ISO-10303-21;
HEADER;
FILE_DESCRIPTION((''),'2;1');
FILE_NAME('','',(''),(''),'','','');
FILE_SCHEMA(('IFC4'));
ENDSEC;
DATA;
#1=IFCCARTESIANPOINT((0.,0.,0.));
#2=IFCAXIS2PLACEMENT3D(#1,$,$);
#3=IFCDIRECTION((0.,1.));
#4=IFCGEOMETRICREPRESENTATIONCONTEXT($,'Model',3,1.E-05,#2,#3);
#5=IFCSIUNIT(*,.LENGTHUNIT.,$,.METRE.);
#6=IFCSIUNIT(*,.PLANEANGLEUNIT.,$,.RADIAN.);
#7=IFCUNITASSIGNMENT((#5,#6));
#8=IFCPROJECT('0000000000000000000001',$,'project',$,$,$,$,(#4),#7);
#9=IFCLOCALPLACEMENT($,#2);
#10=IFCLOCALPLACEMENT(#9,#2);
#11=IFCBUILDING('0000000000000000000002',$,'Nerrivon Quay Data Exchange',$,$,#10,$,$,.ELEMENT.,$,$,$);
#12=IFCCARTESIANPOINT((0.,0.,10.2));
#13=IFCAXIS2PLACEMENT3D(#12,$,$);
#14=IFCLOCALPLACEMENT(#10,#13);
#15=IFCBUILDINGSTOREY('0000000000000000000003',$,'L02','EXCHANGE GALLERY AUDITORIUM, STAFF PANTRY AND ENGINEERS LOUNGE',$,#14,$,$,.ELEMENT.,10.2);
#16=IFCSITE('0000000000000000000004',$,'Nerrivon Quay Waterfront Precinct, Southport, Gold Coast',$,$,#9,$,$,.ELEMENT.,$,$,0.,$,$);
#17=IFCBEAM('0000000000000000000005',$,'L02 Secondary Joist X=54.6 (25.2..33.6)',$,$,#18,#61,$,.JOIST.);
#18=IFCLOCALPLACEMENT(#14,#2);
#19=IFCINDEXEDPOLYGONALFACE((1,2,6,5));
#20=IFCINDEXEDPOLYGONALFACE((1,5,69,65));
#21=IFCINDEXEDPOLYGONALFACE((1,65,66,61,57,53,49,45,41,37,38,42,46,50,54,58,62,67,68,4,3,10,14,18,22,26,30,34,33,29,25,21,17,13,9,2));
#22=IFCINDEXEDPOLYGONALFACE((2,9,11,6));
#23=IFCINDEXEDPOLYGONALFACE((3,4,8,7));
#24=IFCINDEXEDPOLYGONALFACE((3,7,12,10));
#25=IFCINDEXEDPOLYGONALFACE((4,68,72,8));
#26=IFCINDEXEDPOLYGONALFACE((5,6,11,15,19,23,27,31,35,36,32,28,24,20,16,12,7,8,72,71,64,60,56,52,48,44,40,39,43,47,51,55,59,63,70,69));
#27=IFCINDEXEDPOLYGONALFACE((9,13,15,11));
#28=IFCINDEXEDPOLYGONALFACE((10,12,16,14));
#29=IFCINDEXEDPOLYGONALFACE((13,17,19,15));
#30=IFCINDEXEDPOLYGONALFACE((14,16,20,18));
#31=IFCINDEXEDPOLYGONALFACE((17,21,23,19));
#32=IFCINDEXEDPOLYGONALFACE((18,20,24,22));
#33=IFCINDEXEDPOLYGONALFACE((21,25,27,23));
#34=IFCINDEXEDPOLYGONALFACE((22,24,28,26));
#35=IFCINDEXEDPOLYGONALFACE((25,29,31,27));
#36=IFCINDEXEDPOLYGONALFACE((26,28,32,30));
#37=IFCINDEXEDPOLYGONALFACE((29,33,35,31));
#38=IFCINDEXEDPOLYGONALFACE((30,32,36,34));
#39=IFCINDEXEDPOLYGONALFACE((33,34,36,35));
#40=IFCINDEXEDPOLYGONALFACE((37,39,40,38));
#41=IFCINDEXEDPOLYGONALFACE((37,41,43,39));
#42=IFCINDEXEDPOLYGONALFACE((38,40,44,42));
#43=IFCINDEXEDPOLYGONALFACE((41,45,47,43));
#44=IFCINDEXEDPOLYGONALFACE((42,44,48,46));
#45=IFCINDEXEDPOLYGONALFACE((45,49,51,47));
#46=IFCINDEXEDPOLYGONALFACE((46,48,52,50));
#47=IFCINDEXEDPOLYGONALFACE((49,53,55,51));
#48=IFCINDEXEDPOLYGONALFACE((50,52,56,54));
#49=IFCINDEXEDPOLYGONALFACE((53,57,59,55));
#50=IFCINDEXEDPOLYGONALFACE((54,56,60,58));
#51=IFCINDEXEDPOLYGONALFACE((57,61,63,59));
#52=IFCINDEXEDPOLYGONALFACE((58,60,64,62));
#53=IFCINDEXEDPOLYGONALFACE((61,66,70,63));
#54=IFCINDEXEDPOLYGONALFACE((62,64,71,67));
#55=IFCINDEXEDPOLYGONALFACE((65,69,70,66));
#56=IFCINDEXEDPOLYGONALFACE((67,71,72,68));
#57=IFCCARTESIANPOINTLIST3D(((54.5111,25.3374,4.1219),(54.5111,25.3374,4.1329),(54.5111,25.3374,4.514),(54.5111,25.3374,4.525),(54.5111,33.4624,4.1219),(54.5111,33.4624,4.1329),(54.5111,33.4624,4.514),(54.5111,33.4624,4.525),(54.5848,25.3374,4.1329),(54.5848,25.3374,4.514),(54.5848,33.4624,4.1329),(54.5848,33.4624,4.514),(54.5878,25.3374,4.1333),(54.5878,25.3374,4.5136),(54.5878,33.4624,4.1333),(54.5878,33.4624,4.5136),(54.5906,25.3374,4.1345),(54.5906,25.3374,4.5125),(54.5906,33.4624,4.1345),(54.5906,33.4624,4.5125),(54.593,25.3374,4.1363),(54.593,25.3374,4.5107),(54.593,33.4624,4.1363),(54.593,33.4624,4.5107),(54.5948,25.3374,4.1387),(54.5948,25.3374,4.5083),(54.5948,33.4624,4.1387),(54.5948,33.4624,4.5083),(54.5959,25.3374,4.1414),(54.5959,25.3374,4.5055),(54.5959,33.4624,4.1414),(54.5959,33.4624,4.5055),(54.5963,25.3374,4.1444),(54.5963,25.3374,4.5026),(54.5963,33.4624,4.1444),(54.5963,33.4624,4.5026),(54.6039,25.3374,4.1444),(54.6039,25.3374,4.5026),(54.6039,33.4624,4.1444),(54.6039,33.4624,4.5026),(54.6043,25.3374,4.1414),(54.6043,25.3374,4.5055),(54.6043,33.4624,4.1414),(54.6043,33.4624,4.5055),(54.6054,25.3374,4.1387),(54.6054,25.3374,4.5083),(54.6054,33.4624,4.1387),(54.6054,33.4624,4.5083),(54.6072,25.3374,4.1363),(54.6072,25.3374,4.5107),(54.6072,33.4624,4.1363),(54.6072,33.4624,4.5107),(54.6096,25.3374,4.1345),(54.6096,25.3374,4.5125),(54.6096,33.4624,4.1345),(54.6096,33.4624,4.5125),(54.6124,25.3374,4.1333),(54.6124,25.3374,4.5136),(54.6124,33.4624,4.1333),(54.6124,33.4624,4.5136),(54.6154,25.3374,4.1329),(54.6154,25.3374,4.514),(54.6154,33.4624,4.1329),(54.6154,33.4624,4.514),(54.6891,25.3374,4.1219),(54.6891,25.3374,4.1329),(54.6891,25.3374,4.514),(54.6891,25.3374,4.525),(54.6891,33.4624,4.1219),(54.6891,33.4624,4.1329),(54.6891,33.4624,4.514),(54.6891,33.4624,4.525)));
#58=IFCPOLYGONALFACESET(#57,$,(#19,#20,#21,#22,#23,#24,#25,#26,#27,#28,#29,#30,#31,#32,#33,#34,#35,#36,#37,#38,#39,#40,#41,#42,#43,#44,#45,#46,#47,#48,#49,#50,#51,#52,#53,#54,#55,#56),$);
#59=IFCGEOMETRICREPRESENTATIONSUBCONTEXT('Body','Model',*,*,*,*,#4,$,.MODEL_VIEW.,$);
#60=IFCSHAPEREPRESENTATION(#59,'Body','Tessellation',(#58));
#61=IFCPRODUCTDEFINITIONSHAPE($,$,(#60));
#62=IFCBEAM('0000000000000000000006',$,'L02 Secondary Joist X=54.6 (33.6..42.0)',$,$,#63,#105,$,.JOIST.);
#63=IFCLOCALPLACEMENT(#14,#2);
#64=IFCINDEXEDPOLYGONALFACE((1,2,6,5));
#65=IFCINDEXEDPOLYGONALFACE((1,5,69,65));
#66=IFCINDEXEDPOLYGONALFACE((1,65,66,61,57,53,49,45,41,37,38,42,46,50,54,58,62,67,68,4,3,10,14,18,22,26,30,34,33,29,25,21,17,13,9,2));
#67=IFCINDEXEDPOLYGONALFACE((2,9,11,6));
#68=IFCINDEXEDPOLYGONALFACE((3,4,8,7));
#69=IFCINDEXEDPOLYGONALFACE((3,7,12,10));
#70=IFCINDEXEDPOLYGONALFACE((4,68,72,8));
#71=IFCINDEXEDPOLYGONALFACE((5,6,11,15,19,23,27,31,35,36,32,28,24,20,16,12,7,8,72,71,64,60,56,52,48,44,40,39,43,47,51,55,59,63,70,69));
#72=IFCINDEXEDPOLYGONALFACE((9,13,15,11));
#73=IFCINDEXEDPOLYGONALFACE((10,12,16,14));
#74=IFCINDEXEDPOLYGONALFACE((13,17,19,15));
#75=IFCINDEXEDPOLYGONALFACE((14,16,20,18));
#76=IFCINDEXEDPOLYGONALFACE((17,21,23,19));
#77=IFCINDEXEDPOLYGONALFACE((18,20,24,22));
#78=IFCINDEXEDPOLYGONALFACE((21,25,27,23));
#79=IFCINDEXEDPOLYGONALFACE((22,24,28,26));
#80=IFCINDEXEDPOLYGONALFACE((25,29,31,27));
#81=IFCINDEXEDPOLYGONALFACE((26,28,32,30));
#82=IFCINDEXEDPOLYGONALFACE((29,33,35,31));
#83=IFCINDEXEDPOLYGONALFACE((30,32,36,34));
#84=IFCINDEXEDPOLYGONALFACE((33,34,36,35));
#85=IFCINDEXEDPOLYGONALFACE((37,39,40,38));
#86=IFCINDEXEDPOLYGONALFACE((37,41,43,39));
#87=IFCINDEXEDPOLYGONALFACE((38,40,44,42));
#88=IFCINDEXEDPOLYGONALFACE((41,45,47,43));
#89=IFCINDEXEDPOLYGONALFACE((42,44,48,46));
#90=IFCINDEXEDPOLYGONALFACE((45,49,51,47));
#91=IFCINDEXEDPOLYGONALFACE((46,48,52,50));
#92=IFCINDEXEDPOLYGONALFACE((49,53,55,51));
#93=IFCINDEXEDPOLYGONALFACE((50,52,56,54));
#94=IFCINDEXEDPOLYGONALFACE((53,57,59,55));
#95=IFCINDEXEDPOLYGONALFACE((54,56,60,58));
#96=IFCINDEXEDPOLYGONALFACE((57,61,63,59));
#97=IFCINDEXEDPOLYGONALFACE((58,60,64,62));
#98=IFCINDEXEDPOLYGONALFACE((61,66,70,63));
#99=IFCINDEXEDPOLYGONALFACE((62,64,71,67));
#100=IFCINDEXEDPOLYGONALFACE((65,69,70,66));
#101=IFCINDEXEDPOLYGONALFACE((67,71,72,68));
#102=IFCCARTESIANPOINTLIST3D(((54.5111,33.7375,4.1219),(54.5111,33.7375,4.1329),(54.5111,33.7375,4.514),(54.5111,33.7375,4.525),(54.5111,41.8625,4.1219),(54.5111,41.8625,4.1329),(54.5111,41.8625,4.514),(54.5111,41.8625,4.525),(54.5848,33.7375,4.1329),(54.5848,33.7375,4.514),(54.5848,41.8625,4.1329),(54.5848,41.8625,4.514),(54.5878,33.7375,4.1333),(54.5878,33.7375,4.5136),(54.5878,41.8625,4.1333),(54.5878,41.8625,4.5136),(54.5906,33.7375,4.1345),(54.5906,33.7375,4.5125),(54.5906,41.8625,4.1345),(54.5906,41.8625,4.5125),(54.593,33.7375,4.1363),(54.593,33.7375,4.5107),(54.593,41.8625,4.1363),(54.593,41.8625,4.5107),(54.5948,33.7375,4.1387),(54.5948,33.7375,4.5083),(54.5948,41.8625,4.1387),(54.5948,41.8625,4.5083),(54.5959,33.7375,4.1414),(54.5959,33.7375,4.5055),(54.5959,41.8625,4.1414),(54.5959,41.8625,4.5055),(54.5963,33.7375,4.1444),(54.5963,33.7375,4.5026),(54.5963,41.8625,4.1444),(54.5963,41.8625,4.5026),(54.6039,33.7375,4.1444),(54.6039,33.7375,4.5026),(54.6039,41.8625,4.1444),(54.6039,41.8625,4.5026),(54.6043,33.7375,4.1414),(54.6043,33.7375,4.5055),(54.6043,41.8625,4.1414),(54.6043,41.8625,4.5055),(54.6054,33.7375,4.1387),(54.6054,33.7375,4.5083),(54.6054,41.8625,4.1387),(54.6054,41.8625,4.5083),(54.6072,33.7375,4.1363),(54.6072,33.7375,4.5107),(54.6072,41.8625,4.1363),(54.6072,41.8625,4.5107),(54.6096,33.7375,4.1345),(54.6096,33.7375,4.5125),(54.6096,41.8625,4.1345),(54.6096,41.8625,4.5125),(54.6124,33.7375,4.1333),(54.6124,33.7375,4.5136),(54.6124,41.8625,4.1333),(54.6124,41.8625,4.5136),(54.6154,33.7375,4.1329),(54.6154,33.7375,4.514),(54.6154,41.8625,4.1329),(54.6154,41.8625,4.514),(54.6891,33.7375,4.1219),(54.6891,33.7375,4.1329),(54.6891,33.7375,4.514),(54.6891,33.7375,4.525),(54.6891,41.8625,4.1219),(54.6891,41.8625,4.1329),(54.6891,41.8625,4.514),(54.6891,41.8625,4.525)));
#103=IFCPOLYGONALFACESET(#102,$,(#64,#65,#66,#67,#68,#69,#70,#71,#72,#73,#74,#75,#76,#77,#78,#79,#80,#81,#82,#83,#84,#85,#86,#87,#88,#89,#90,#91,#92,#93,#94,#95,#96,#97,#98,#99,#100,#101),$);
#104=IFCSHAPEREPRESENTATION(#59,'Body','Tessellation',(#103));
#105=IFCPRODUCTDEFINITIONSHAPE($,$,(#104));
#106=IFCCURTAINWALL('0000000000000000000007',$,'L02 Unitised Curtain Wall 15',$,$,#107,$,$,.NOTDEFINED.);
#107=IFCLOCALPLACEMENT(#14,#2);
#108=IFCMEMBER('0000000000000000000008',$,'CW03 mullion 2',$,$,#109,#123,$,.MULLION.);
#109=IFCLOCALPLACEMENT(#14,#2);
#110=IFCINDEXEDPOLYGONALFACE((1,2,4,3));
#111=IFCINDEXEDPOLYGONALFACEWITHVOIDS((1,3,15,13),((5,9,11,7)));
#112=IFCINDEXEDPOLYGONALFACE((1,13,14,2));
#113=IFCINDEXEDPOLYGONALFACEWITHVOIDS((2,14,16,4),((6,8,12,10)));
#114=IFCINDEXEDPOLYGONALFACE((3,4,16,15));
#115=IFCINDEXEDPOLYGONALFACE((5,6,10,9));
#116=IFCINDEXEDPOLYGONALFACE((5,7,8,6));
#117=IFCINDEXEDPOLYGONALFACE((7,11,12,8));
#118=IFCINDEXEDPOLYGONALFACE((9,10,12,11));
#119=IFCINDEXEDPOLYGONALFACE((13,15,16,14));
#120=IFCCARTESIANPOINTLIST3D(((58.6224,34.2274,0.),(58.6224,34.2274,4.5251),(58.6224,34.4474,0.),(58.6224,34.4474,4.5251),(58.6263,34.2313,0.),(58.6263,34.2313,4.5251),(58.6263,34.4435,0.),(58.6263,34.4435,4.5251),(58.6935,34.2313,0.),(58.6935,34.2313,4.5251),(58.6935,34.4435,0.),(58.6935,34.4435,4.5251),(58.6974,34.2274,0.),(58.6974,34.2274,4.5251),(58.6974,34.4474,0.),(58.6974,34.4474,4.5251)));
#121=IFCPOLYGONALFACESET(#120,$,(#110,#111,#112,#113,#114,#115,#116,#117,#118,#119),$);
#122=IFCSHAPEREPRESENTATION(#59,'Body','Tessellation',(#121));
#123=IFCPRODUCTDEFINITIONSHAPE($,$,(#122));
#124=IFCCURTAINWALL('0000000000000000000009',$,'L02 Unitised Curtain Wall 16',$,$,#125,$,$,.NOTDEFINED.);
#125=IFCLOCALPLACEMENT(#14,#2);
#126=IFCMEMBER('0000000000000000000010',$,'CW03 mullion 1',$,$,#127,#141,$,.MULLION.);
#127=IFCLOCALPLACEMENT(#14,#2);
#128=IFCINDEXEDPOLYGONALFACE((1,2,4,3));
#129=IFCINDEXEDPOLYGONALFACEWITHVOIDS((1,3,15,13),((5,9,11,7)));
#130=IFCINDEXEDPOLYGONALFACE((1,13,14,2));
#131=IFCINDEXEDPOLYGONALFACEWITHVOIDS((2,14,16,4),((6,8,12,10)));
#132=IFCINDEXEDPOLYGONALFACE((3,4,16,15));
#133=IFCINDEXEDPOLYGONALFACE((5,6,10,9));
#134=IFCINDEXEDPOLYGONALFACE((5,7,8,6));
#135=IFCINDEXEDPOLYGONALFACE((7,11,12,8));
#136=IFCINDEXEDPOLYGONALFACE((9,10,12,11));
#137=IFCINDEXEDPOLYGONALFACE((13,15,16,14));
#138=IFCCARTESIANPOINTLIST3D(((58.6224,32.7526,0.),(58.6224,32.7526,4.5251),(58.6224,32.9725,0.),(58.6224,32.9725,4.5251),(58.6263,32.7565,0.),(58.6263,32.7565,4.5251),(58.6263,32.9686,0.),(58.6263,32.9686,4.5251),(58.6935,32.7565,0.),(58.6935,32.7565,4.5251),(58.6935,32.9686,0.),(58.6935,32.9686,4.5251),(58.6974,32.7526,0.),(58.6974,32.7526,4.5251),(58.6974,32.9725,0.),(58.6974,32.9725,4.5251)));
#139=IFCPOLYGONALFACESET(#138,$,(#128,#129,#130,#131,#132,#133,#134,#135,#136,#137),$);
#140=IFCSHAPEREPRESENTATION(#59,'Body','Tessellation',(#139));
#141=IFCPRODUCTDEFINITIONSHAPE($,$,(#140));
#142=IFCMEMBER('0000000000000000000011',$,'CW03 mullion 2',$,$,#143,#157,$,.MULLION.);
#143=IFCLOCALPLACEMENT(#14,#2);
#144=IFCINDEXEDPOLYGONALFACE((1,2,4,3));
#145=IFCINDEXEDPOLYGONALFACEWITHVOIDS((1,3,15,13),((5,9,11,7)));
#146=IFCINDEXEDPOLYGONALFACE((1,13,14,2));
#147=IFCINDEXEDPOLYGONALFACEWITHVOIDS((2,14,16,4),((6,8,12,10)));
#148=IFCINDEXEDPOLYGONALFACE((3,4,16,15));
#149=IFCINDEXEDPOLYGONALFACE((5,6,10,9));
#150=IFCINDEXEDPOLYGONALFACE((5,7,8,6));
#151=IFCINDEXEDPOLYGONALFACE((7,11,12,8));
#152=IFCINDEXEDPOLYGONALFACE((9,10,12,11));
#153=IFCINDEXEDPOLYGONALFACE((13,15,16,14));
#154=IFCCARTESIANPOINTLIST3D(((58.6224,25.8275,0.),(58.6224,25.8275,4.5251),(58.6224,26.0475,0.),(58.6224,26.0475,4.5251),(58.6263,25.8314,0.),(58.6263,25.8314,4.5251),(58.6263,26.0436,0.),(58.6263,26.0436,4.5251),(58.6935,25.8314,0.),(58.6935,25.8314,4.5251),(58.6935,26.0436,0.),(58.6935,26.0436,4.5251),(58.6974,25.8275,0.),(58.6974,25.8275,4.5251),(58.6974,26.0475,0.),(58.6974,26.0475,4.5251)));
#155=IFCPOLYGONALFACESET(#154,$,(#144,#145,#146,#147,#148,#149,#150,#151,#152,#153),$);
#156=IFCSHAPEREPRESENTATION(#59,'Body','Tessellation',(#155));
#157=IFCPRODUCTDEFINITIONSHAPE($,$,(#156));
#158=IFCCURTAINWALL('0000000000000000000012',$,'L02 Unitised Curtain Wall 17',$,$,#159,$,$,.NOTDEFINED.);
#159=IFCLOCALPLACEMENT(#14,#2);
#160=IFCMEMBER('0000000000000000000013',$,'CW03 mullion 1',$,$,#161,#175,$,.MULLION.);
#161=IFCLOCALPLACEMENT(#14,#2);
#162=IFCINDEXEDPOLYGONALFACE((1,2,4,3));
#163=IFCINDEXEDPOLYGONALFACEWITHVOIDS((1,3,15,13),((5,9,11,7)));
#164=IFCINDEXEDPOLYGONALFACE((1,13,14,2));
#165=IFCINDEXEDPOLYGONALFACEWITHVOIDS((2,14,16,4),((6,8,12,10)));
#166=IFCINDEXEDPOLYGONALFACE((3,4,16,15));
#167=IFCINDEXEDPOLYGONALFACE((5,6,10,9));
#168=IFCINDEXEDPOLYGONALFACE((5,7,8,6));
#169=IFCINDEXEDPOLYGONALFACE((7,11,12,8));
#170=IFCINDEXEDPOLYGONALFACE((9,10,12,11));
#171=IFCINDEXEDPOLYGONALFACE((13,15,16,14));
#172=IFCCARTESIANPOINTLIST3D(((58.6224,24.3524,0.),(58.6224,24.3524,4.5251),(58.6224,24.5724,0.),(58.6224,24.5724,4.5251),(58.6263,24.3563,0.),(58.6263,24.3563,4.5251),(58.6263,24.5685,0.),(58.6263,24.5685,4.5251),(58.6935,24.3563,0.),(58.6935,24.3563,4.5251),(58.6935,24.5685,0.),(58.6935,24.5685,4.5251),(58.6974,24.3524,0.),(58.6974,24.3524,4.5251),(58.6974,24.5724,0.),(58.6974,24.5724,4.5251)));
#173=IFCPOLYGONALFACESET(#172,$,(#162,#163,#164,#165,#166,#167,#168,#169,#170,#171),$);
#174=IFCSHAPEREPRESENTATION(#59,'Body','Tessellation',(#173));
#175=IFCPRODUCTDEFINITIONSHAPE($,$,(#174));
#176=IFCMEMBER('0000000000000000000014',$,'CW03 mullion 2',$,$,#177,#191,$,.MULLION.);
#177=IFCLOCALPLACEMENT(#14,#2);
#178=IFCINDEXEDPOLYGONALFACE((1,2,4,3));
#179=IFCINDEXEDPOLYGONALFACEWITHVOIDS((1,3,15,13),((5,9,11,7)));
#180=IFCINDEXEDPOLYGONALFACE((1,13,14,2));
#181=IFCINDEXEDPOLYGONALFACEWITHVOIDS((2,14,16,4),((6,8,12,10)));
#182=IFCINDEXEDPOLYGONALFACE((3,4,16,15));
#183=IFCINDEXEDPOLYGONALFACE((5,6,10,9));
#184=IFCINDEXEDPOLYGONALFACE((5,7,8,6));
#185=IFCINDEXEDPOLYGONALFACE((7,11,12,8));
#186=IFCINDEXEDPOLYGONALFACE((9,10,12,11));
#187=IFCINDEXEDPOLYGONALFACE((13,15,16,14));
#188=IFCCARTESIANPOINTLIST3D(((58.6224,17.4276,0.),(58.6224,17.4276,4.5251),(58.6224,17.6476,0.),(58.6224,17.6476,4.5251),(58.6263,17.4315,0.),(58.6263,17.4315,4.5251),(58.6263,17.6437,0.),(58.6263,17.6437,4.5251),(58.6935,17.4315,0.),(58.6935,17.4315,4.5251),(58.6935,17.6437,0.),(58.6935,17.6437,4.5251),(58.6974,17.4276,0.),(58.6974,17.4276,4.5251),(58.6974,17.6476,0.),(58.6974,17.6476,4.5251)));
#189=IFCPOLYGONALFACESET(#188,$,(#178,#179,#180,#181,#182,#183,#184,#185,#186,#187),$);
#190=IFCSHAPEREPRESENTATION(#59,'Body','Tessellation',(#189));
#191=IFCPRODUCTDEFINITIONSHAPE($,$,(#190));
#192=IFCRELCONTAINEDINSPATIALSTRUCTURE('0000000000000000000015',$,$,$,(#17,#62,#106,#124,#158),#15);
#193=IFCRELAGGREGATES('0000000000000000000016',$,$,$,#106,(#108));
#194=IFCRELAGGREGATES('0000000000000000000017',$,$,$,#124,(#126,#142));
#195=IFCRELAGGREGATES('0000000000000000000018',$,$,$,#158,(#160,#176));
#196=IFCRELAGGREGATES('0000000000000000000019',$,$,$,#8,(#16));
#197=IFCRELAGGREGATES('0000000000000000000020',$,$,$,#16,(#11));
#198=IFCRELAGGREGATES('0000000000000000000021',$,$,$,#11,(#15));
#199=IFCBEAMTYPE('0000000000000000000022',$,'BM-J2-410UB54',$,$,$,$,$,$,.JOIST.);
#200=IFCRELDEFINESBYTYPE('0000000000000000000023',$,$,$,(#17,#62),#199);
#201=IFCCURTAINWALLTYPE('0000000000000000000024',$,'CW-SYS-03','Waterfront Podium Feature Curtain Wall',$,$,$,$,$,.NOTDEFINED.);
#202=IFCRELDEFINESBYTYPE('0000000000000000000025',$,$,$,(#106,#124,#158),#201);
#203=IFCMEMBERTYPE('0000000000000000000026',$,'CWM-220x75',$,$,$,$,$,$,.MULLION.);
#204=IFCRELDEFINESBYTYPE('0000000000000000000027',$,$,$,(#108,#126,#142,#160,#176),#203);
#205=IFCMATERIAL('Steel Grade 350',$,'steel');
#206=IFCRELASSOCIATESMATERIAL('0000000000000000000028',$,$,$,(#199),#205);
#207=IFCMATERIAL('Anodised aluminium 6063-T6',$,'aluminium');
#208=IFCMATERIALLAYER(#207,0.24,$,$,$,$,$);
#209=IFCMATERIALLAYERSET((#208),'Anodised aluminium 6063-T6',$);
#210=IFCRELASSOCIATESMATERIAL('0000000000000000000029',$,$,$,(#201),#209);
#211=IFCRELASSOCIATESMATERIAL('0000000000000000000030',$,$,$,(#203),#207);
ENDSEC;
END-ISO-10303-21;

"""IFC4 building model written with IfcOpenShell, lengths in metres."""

from ifc_helpers import new_model, si_unit, direction, frame, origin, origin_2d, place, context, subcontext, project, spatial, hollow_rectangle, i_section, extrude, material, layer, layer_set, material_profile, profile_set, type_object, element, aggregate, save


model = new_model("IFC4")

# Units and contexts
model_context = context("Model", 3, precision=1e-05, world=origin(), true_north=direction((0.0, 1.0)))
body_context = subcontext(model_context, "Body", "Model", "MODEL_VIEW")
ifc_project = project(units=[si_unit("LENGTHUNIT", "METRE"), si_unit("PLANEANGLEUNIT", "RADIAN")], contexts=[model_context])

# Site, building, storey
site_placement = place(None, origin())
site = spatial("IfcSite", under=ifc_project, at=site_placement, Name="Nerrivon Quay Waterfront Precinct, Southport, Gold Coast", CompositionType="ELEMENT", RefElevation=0.0)
building_placement = place(site_placement, origin())
building = spatial("IfcBuilding", under=site, at=building_placement, Name="Nerrivon Quay Data Exchange", CompositionType="ELEMENT")
storey_placement = place(building_placement, frame((0.0, 0.0, 10.2)))
storey = spatial("IfcBuildingStorey", under=building, at=storey_placement, Name="L02", Description="EXCHANGE GALLERY AUDITORIUM, STAFF PANTRY AND ENGINEERS LOUNGE", CompositionType="ELEMENT", Elevation=10.2)

# Beams
ifc_material_1 = material(Name="Steel Grade 350", Category="steel")
ifc_material_profile_1 = material_profile(ifc_material_1, i_section(OverallWidth=0.178, OverallDepth=0.4031, WebThickness=0.0076, FlangeThickness=0.011, FilletRadius=0.0115, at=origin_2d()), Name="410UB53.7")
ifc_profile_set_1 = profile_set([ifc_material_profile_1], Name="Steel Grade 350")
beam_type_1 = type_object("IfcBeamType", Name="BM-J2-410UB54", PredefinedType="JOIST", material=ifc_profile_set_1)
for number, where, z_axis, x_axis, name in (
    (1, (54.6001, 25.3374, 4.3235), (0.0, 1.0, 0.0), (-1.0, 0.0, 0.0), "L02 Secondary Joist X=54.6 (25.2..33.6)"),
    (2, (54.6001, 33.7375, 4.3235), (0.0, 1.0, 0.0), (-1.0, 0.0, 0.0), "L02 Secondary Joist X=54.6 (33.6..42.0)"),
):
    element("IfcBeam", number, at=place(storey_placement, frame(where, z_axis=z_axis, x_axis=x_axis)), inside=storey, type_object=beam_type_1, Name=name, PredefinedType="JOIST", context=body_context, shape_type="SweptSolid", body=[
        extrude(i_section(OverallWidth=0.178, OverallDepth=0.4031, WebThickness=0.0076, FlangeThickness=0.011, FilletRadius=0.0115, at=origin_2d()), origin(), (0.0, 0.0, 1.0), 8.125),
    ])

# Curtain wall, member
ifc_material_2 = material(Name="Anodised aluminium 6063-T6", Category="aluminium")
ifc_layer_1 = layer(ifc_material_2, 0.24)
ifc_layer_set_1 = layer_set([ifc_layer_1], Name="Anodised aluminium 6063-T6")
curtain_wall_type = type_object("IfcCurtainWallType", Name="CW-SYS-03", Description="Waterfront Podium Feature Curtain Wall", PredefinedType="NOTDEFINED", material=ifc_layer_set_1)
curtain_wall_1_placement = place(storey_placement, origin())
curtain_wall_1 = element("IfcCurtainWall", 3, at=curtain_wall_1_placement, inside=storey, type_object=curtain_wall_type, Name="L02 Unitised Curtain Wall 15", PredefinedType="NOTDEFINED")
ifc_material_profile_2 = material_profile(ifc_material_2, hollow_rectangle(XDim=0.075, YDim=0.22, WallThickness=0.0039, at=origin_2d()), Name="ALU-MULL-220x75")
ifc_profile_set_2 = profile_set([ifc_material_profile_2], Name="Anodised aluminium 6063-T6")
member_type_1 = type_object("IfcMemberType", Name="CWM-220x75", PredefinedType="MULLION", material=ifc_profile_set_2)
member_1_placement = place(storey_placement, frame((58.6599, 34.3374, 0.0), z_axis=(0.0, 0.0, 1.0), x_axis=(1.0, 0.0, 0.0)))
member_1 = element("IfcMember", 4, at=member_1_placement, type_object=member_type_1, Name="CW03 mullion 2", PredefinedType="MULLION", context=body_context, shape_type="SweptSolid", body=[
    extrude(hollow_rectangle(XDim=0.075, YDim=0.22, WallThickness=0.0039, at=origin_2d()), origin(), (0.0, 0.0, 1.0), 4.5251),
])

# Curtain walls, members
curtain_wall_2_placement = place(storey_placement, origin())
curtain_wall_2 = element("IfcCurtainWall", 5, at=curtain_wall_2_placement, inside=storey, type_object=curtain_wall_type, Name="L02 Unitised Curtain Wall 16", PredefinedType="NOTDEFINED")
member_2_placement = place(storey_placement, frame((58.6599, 32.8625, 0.0), z_axis=(0.0, 0.0, 1.0), x_axis=(1.0, 0.0, 0.0)))
member_2 = element("IfcMember", 6, at=member_2_placement, type_object=member_type_1, Name="CW03 mullion 1", PredefinedType="MULLION", context=body_context, shape_type="SweptSolid", body=[
    extrude(hollow_rectangle(XDim=0.075, YDim=0.22, WallThickness=0.0039, at=origin_2d()), origin(), (0.0, 0.0, 1.0), 4.5251),
])
member_3_placement = place(storey_placement, frame((58.6599, 25.9375, 0.0), z_axis=(0.0, 0.0, 1.0), x_axis=(1.0, 0.0, 0.0)))
member_3 = element("IfcMember", 7, at=member_3_placement, type_object=member_type_1, Name="CW03 mullion 2", PredefinedType="MULLION", context=body_context, shape_type="SweptSolid", body=[
    extrude(hollow_rectangle(XDim=0.075, YDim=0.22, WallThickness=0.0039, at=origin_2d()), origin(), (0.0, 0.0, 1.0), 4.5251),
])
curtain_wall_3_placement = place(storey_placement, origin())
curtain_wall_3 = element("IfcCurtainWall", 8, at=curtain_wall_3_placement, inside=storey, type_object=curtain_wall_type, Name="L02 Unitised Curtain Wall 17", PredefinedType="NOTDEFINED")
member_4_placement = place(storey_placement, frame((58.6599, 24.4624, 0.0), z_axis=(0.0, 0.0, 1.0), x_axis=(1.0, 0.0, 0.0)))
member_4 = element("IfcMember", 9, at=member_4_placement, type_object=member_type_1, Name="CW03 mullion 1", PredefinedType="MULLION", context=body_context, shape_type="SweptSolid", body=[
    extrude(hollow_rectangle(XDim=0.075, YDim=0.22, WallThickness=0.0039, at=origin_2d()), origin(), (0.0, 0.0, 1.0), 4.5251),
])
member_5_placement = place(storey_placement, frame((58.6599, 17.5376, 0.0), z_axis=(0.0, 0.0, 1.0), x_axis=(1.0, 0.0, 0.0)))
member_5 = element("IfcMember", 10, at=member_5_placement, type_object=member_type_1, Name="CW03 mullion 2", PredefinedType="MULLION", context=body_context, shape_type="SweptSolid", body=[
    extrude(hollow_rectangle(XDim=0.075, YDim=0.22, WallThickness=0.0039, at=origin_2d()), origin(), (0.0, 0.0, 1.0), 4.5251),
])

aggregate(curtain_wall_1, [member_1])
aggregate(curtain_wall_2, [member_2, member_3])
aggregate(curtain_wall_3, [member_4, member_5])

save(model, "model.ifc")
